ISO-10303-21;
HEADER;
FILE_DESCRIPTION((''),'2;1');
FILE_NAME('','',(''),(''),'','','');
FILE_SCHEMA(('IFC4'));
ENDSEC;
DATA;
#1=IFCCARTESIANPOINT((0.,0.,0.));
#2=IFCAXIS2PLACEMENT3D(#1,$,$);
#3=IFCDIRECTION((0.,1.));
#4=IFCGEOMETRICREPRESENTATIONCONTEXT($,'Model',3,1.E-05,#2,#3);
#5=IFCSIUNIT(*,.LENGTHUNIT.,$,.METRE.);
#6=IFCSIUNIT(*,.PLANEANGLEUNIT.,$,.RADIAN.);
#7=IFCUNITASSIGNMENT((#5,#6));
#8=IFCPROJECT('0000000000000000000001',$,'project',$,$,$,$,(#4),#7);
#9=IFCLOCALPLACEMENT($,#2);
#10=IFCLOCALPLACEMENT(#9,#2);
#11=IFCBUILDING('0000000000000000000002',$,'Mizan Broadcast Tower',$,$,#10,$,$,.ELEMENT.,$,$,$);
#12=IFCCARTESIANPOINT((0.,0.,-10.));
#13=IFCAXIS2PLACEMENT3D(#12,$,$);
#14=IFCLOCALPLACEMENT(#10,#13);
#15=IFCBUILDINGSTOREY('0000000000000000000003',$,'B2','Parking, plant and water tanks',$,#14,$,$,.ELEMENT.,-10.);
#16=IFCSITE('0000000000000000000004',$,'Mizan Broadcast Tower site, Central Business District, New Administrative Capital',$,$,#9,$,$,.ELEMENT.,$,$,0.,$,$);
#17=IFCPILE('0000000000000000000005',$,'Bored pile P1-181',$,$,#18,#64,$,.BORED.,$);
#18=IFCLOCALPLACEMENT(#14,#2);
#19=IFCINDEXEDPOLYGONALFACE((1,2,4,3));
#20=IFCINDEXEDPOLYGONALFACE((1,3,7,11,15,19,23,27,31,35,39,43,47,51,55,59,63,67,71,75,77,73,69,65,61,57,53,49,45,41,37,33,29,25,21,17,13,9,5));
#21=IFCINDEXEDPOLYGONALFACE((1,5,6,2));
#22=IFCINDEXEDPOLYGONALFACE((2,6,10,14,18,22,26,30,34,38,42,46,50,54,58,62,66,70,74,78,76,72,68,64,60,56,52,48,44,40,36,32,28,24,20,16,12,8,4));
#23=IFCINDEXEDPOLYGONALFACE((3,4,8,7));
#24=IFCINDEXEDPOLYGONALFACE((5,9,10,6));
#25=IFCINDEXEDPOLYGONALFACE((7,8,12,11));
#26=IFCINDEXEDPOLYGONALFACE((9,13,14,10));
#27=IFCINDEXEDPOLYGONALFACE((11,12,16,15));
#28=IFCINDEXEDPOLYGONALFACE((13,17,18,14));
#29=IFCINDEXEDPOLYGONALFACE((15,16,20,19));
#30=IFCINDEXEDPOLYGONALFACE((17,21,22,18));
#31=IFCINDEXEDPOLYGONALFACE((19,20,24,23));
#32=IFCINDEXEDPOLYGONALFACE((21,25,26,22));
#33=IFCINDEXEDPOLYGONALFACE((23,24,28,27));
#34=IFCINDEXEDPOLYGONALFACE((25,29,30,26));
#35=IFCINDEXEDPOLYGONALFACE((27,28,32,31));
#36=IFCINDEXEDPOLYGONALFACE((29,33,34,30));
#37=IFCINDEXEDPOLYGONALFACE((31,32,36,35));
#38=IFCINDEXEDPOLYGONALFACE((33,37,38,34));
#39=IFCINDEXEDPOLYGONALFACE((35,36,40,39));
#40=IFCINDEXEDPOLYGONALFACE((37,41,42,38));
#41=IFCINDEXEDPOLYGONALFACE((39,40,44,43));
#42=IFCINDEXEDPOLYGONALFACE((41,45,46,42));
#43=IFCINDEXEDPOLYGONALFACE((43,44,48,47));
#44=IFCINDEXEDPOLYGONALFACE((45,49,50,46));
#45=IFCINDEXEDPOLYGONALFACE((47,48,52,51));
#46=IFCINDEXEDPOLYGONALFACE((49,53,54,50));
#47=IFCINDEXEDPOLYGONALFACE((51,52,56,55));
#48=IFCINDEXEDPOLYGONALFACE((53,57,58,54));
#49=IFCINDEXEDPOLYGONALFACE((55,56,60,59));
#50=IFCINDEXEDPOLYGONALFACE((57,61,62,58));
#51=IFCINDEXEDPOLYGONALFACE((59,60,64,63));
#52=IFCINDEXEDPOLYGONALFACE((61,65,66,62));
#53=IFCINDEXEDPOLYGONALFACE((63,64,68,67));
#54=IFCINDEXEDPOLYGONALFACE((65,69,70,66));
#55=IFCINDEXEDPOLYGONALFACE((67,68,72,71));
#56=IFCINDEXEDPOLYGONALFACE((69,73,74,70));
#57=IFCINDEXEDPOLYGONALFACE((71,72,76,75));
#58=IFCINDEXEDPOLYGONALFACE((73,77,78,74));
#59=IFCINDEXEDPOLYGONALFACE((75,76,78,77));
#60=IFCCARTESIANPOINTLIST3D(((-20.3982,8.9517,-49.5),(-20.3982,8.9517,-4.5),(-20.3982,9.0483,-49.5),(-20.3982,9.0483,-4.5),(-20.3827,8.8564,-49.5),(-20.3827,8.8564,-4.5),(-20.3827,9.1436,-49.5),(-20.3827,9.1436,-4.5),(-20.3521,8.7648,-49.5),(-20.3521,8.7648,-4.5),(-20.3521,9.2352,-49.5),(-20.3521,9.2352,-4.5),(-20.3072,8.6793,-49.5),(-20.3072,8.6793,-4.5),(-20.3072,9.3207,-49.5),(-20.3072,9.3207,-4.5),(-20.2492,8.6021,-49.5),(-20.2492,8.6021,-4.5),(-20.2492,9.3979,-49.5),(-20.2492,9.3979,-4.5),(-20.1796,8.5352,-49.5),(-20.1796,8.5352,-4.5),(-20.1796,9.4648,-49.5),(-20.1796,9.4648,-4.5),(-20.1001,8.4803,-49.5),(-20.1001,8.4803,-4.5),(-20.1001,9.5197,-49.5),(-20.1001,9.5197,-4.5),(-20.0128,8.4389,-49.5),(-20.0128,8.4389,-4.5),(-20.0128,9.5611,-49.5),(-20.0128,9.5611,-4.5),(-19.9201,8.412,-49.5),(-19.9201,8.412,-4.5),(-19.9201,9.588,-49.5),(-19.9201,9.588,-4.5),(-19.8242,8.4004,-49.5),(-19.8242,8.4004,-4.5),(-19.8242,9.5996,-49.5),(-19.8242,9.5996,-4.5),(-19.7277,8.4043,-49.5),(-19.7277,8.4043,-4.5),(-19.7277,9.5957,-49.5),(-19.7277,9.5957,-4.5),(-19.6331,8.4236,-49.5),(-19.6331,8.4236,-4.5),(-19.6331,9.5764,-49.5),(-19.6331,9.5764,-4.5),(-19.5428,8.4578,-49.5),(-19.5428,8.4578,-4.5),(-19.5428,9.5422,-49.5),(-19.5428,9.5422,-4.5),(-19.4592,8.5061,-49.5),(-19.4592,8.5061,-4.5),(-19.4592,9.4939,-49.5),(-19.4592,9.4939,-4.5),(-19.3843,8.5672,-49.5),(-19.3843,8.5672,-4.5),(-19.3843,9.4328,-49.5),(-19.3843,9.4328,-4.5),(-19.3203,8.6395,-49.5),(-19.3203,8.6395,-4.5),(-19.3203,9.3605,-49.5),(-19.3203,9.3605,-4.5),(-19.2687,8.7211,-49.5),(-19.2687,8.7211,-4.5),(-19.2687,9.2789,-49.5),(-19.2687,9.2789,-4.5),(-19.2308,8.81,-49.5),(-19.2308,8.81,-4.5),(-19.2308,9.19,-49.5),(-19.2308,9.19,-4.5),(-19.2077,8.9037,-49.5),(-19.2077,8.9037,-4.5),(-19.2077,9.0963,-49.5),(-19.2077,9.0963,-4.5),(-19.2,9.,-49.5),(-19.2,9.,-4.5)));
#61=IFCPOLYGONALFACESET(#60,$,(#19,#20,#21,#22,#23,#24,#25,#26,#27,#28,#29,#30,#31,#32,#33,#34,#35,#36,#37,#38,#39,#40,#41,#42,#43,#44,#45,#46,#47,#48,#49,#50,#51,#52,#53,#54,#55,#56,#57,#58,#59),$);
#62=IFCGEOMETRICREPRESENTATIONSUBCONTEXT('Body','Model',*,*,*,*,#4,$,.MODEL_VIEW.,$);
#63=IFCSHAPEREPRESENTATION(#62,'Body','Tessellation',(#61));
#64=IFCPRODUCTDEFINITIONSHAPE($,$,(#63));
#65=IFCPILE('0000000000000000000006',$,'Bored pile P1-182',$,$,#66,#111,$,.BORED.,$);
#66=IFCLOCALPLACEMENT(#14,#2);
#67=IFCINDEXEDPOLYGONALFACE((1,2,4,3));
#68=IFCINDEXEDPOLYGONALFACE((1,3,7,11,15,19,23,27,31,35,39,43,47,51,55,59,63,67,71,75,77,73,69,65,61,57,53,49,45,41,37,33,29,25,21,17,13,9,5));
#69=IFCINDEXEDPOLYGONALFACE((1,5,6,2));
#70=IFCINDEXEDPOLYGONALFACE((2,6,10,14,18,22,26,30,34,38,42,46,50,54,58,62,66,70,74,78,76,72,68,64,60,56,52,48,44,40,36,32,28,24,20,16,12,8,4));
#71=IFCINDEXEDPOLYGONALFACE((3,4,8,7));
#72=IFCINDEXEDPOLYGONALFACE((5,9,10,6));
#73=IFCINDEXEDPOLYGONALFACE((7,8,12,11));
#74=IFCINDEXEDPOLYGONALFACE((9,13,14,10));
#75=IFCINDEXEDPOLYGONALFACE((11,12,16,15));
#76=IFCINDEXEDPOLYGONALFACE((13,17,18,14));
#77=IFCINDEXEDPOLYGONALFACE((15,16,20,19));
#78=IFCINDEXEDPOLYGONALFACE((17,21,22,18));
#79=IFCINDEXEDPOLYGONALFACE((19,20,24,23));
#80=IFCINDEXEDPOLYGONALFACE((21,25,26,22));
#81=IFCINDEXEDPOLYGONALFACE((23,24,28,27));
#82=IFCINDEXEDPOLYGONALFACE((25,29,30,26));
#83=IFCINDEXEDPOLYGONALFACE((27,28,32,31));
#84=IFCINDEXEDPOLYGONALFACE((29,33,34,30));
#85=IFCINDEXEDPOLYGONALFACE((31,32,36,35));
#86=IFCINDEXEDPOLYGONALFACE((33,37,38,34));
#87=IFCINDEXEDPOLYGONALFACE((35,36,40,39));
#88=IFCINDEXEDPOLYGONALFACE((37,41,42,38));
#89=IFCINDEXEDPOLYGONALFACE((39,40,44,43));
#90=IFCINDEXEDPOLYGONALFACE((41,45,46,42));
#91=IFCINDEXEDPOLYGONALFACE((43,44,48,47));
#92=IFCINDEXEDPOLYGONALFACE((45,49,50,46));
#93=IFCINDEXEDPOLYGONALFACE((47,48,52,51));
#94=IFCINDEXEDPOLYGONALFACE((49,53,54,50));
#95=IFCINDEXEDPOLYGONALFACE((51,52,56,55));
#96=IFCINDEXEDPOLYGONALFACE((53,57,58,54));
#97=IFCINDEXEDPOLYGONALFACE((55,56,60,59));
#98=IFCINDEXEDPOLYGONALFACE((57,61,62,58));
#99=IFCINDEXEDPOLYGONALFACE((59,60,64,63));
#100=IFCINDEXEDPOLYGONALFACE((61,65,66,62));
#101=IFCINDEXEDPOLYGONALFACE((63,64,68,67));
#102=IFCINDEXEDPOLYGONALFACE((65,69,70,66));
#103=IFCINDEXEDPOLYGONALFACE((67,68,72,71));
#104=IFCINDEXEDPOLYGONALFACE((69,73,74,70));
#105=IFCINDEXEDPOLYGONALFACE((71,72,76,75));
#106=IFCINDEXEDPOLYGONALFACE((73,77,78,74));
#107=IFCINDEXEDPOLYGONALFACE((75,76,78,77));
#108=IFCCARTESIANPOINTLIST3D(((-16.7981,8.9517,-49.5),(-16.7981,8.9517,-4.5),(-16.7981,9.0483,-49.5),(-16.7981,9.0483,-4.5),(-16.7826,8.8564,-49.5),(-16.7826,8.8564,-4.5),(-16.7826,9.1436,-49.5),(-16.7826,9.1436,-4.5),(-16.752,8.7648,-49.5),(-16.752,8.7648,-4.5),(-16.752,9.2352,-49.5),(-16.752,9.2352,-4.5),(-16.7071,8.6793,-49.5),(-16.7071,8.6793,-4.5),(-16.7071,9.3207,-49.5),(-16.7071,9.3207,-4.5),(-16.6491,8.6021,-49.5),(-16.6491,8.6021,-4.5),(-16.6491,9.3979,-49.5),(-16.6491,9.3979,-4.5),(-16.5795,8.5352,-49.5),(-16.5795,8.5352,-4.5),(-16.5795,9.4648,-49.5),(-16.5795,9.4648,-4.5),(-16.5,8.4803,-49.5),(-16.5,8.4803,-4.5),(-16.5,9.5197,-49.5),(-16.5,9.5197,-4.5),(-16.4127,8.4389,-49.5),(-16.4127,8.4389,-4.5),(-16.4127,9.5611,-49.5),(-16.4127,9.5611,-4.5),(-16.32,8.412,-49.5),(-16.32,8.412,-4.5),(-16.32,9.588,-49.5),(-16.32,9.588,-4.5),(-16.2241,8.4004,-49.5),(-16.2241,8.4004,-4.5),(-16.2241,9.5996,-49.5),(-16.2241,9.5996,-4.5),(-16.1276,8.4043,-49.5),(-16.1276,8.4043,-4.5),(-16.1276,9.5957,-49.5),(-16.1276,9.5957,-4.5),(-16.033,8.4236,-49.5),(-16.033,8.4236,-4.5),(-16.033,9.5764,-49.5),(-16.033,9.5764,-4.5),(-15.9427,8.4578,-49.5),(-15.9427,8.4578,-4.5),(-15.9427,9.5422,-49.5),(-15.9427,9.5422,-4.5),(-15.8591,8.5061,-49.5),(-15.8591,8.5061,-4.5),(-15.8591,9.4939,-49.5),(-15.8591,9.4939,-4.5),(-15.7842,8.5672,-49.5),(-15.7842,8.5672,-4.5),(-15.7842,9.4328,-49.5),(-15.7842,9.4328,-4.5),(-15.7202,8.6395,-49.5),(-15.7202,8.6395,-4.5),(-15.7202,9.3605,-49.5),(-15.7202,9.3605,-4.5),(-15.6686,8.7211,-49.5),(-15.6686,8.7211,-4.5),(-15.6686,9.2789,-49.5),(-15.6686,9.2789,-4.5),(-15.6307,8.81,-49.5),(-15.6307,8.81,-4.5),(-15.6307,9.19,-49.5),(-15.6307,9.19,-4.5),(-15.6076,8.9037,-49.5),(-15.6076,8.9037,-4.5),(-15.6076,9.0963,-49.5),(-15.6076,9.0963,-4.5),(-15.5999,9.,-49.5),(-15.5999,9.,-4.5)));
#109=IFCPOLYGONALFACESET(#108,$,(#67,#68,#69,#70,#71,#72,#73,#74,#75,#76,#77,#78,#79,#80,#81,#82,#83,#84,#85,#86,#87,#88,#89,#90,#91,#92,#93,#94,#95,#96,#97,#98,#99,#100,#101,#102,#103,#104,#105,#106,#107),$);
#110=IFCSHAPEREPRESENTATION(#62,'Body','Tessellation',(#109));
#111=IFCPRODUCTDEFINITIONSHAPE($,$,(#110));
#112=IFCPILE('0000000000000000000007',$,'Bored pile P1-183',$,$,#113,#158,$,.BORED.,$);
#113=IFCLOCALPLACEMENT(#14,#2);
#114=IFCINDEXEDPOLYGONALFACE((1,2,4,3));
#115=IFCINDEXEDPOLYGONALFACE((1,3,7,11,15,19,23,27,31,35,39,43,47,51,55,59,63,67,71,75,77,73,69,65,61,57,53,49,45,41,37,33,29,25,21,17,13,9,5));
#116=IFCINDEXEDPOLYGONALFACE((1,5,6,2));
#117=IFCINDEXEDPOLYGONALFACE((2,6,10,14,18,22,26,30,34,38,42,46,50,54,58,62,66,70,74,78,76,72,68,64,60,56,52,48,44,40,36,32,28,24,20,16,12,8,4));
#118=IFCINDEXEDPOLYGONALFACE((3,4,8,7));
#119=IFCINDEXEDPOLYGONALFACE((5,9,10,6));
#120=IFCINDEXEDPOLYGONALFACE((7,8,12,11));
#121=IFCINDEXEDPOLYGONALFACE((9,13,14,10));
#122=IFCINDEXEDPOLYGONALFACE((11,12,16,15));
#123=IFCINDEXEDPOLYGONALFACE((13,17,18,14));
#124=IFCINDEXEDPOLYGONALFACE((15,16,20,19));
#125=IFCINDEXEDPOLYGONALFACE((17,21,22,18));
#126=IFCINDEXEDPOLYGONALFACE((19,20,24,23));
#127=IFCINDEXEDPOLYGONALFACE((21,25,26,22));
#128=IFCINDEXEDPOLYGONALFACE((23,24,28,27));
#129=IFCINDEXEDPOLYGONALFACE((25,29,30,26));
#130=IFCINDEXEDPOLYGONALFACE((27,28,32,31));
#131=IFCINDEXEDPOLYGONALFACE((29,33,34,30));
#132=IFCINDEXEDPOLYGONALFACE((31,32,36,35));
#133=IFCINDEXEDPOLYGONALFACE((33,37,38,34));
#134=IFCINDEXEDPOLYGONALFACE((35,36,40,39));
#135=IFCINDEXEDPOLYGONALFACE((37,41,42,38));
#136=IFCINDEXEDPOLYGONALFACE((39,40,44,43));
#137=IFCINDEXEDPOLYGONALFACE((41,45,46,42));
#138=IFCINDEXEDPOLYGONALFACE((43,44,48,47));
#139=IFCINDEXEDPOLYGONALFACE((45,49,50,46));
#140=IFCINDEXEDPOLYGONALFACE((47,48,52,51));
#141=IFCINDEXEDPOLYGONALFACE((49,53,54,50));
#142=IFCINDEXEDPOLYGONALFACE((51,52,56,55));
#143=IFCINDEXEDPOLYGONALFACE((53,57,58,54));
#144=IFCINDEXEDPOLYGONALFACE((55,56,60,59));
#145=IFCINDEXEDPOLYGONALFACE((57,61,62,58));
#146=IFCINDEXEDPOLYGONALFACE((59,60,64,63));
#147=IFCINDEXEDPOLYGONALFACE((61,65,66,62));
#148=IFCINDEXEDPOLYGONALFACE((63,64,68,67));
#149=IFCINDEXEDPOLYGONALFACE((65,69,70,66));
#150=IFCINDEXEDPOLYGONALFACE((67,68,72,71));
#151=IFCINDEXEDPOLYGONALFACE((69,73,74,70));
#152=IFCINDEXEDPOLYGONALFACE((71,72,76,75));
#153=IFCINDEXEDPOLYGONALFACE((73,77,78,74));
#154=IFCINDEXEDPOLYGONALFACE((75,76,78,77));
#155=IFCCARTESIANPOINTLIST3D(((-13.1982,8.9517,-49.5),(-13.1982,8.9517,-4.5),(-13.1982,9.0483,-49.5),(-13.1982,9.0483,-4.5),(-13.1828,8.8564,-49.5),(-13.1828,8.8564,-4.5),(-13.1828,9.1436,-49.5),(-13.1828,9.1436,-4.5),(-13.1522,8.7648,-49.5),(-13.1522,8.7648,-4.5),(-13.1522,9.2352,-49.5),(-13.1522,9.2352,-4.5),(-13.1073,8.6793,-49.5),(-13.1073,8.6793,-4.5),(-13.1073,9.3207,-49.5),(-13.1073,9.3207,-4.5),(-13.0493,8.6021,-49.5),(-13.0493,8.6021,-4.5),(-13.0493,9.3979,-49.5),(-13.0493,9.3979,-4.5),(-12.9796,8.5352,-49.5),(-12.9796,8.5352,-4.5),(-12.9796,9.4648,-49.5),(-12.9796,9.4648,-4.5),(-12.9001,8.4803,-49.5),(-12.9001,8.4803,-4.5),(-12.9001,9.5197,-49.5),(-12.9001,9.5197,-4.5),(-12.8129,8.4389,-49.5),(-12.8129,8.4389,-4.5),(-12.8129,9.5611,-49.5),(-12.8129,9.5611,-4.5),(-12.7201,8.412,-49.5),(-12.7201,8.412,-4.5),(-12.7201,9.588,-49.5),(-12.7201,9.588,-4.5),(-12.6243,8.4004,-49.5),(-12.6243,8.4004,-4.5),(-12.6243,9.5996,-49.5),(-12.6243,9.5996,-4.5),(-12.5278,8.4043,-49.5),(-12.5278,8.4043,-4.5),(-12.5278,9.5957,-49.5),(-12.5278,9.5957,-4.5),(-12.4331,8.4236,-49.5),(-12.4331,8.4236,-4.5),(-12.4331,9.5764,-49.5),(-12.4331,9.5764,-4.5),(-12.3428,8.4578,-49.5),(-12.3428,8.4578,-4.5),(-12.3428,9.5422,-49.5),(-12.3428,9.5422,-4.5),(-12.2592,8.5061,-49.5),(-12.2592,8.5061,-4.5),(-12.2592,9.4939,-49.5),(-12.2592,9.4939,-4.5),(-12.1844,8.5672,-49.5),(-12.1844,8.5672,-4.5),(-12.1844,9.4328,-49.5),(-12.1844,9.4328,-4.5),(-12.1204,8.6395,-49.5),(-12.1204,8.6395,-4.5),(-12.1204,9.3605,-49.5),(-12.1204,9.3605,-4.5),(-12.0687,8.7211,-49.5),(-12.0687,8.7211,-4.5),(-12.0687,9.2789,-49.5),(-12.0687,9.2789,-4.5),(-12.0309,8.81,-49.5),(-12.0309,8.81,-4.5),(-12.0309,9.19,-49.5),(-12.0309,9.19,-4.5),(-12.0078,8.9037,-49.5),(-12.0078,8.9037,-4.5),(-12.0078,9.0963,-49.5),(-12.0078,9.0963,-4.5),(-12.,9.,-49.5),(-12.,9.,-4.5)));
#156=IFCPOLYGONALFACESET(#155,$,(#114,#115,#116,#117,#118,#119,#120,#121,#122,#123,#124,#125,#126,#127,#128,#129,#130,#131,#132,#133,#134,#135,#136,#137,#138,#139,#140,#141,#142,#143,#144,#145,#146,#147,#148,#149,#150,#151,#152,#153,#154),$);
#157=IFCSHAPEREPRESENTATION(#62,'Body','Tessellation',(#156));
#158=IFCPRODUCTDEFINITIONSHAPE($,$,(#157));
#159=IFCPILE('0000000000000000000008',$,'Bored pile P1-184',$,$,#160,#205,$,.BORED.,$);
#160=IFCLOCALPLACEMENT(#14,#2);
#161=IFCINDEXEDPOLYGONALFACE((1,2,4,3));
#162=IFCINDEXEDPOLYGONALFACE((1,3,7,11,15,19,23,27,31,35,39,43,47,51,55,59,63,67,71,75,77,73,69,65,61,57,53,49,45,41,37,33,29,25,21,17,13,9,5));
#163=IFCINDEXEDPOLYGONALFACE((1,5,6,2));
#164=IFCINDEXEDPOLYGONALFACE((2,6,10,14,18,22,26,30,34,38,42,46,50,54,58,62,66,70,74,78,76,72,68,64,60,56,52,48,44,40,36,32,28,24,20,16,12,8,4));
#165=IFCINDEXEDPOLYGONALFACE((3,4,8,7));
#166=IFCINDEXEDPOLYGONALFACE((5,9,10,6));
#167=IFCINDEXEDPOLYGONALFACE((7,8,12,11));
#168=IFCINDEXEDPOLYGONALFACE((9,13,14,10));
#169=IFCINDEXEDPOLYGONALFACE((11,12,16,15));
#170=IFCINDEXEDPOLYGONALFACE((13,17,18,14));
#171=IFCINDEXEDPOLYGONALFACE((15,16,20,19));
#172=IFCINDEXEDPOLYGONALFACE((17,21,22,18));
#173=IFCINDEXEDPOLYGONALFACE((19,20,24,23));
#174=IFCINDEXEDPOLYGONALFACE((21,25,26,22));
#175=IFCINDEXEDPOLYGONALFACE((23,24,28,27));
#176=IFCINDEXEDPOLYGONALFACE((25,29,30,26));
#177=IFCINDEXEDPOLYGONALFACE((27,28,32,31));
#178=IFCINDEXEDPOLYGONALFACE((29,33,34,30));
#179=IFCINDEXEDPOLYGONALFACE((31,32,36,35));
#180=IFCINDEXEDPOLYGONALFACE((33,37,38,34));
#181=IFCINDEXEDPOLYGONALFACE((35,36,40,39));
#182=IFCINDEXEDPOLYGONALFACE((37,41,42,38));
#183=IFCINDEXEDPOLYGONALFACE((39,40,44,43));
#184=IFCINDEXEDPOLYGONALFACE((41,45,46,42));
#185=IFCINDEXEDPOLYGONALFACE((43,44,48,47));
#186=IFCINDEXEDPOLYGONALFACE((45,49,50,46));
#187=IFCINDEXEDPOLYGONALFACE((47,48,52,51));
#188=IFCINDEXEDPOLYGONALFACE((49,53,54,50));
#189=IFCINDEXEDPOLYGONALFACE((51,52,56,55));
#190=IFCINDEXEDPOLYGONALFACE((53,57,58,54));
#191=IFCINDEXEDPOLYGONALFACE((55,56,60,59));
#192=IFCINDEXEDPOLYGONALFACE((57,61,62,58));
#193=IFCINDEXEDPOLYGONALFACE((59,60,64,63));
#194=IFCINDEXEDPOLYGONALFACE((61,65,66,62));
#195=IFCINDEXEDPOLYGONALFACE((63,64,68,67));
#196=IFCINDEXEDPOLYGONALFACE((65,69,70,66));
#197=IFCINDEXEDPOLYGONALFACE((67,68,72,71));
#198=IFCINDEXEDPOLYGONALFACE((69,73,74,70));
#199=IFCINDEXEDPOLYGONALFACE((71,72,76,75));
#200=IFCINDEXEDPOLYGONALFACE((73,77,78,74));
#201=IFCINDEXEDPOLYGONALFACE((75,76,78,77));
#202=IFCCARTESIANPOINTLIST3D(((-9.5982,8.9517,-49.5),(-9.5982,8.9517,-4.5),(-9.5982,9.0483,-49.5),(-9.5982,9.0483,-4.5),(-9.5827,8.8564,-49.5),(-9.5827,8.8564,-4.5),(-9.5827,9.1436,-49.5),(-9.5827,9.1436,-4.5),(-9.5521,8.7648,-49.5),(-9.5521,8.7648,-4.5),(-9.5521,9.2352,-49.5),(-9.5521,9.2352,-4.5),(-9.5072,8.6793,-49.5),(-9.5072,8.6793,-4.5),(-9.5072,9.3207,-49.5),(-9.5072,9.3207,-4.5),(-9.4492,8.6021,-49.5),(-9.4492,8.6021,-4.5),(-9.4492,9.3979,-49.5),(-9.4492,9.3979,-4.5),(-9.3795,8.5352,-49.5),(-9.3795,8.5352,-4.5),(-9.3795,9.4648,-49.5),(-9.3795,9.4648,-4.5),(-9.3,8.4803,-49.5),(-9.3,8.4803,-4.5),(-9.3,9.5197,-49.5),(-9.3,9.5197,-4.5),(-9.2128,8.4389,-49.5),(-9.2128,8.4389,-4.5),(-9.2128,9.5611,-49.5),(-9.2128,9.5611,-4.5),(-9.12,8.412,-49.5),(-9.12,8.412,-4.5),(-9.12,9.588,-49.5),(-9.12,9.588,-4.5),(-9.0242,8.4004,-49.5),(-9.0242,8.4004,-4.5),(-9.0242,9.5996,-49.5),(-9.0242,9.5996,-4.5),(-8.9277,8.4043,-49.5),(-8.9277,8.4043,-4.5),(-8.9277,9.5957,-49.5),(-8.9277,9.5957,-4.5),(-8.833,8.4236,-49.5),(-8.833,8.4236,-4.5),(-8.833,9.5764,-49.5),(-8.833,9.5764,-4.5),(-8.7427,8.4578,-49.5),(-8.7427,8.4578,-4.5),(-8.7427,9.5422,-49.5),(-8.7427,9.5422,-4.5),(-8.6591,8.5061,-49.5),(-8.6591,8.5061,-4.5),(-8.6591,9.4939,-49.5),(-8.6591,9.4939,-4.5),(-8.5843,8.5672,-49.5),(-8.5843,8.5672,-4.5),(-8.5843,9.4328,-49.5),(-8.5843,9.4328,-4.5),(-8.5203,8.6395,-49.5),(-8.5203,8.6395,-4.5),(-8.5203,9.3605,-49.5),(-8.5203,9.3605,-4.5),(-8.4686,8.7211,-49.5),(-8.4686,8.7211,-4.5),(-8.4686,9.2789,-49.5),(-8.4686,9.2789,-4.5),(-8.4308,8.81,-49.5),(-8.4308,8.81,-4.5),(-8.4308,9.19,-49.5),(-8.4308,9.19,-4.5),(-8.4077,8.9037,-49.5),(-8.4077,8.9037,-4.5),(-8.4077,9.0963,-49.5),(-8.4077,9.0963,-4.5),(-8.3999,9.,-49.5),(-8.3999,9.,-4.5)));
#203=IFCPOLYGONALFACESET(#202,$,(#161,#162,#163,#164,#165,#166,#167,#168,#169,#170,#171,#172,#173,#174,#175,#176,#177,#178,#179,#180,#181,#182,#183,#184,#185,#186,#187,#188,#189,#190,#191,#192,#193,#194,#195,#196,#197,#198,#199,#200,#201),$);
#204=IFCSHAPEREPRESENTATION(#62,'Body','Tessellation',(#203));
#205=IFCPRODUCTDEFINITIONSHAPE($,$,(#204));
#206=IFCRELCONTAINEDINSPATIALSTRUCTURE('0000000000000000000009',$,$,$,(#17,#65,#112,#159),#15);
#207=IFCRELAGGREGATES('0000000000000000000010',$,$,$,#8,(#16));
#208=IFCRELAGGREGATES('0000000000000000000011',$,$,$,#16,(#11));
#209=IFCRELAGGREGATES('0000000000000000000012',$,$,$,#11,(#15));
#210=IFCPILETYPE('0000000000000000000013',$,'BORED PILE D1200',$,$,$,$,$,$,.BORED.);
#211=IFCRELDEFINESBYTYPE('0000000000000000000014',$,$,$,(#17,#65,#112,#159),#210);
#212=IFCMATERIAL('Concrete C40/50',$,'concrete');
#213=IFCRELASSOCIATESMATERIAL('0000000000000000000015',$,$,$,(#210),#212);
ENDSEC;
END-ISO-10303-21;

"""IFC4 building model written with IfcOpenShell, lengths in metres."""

from ifc_helpers import new_model, si_unit, direction, frame, origin, origin_2d, place, context, subcontext, project, spatial, circle, extrude, material, material_profile, profile_set, type_object, element, save


model = new_model("IFC4")

# Units and contexts
model_context = context("Model", 3, precision=1e-05, world=origin(), true_north=direction((0.0, 1.0)))
body_context = subcontext(model_context, "Body", "Model", "MODEL_VIEW")
ifc_project = project(units=[si_unit("LENGTHUNIT", "METRE"), si_unit("PLANEANGLEUNIT", "RADIAN")], contexts=[model_context])

# Site, building, storey
site_placement = place(None, origin())
site = spatial("IfcSite", under=ifc_project, at=site_placement, Name="Mizan Broadcast Tower site, Central Business District, New Administrative Capital", CompositionType="ELEMENT", RefElevation=0.0)
building_placement = place(site_placement, origin())
building = spatial("IfcBuilding", under=site, at=building_placement, Name="Mizan Broadcast Tower", CompositionType="ELEMENT")
storey_placement = place(building_placement, frame((0.0, 0.0, -10.0)))
storey = spatial("IfcBuildingStorey", under=building, at=storey_placement, Name="B2", Description="Parking, plant and water tanks", CompositionType="ELEMENT", Elevation=-10.0)

# Piles
ifc_material_1 = material(Name="Concrete C40/50", Category="concrete")
ifc_material_profile_1 = material_profile(ifc_material_1, circle(Radius=0.6001, at=origin_2d()), Name="D1200")
ifc_profile_set_1 = profile_set([ifc_material_profile_1], Name="Concrete C40/50")
pile_type = type_object("IfcPileType", Name="BORED PILE D1200", PredefinedType="BORED", material=ifc_profile_set_1)
for number, where, z_axis, x_axis, name in (
    (1, (-19.8, 9.0, -4.5), (0.0, 0.0, -1.0), (1.0, 0.0, 0.0), "Bored pile P1-181"),
    (2, (-16.2, 9.0, -4.5), (0.0, 0.0, -1.0), (1.0, 0.0, 0.0), "Bored pile P1-182"),
    (3, (-12.6001, 9.0, -4.5), (0.0, 0.0, -1.0), (1.0, 0.0, 0.0), "Bored pile P1-183"),
    (4, (-9.0, 9.0, -4.5), (0.0, 0.0, -1.0), (1.0, 0.0, 0.0), "Bored pile P1-184"),
):
    element("IfcPile", number, at=place(storey_placement, frame(where, z_axis=z_axis, x_axis=x_axis)), inside=storey, type_object=pile_type, Name=name, PredefinedType="BORED", context=body_context, shape_type="SweptSolid", body=[
        extrude(circle(Radius=0.6001, at=origin_2d()), origin(), (0.0, 0.0, 1.0), 45.0),
    ])

save(model, "model.ifc")
